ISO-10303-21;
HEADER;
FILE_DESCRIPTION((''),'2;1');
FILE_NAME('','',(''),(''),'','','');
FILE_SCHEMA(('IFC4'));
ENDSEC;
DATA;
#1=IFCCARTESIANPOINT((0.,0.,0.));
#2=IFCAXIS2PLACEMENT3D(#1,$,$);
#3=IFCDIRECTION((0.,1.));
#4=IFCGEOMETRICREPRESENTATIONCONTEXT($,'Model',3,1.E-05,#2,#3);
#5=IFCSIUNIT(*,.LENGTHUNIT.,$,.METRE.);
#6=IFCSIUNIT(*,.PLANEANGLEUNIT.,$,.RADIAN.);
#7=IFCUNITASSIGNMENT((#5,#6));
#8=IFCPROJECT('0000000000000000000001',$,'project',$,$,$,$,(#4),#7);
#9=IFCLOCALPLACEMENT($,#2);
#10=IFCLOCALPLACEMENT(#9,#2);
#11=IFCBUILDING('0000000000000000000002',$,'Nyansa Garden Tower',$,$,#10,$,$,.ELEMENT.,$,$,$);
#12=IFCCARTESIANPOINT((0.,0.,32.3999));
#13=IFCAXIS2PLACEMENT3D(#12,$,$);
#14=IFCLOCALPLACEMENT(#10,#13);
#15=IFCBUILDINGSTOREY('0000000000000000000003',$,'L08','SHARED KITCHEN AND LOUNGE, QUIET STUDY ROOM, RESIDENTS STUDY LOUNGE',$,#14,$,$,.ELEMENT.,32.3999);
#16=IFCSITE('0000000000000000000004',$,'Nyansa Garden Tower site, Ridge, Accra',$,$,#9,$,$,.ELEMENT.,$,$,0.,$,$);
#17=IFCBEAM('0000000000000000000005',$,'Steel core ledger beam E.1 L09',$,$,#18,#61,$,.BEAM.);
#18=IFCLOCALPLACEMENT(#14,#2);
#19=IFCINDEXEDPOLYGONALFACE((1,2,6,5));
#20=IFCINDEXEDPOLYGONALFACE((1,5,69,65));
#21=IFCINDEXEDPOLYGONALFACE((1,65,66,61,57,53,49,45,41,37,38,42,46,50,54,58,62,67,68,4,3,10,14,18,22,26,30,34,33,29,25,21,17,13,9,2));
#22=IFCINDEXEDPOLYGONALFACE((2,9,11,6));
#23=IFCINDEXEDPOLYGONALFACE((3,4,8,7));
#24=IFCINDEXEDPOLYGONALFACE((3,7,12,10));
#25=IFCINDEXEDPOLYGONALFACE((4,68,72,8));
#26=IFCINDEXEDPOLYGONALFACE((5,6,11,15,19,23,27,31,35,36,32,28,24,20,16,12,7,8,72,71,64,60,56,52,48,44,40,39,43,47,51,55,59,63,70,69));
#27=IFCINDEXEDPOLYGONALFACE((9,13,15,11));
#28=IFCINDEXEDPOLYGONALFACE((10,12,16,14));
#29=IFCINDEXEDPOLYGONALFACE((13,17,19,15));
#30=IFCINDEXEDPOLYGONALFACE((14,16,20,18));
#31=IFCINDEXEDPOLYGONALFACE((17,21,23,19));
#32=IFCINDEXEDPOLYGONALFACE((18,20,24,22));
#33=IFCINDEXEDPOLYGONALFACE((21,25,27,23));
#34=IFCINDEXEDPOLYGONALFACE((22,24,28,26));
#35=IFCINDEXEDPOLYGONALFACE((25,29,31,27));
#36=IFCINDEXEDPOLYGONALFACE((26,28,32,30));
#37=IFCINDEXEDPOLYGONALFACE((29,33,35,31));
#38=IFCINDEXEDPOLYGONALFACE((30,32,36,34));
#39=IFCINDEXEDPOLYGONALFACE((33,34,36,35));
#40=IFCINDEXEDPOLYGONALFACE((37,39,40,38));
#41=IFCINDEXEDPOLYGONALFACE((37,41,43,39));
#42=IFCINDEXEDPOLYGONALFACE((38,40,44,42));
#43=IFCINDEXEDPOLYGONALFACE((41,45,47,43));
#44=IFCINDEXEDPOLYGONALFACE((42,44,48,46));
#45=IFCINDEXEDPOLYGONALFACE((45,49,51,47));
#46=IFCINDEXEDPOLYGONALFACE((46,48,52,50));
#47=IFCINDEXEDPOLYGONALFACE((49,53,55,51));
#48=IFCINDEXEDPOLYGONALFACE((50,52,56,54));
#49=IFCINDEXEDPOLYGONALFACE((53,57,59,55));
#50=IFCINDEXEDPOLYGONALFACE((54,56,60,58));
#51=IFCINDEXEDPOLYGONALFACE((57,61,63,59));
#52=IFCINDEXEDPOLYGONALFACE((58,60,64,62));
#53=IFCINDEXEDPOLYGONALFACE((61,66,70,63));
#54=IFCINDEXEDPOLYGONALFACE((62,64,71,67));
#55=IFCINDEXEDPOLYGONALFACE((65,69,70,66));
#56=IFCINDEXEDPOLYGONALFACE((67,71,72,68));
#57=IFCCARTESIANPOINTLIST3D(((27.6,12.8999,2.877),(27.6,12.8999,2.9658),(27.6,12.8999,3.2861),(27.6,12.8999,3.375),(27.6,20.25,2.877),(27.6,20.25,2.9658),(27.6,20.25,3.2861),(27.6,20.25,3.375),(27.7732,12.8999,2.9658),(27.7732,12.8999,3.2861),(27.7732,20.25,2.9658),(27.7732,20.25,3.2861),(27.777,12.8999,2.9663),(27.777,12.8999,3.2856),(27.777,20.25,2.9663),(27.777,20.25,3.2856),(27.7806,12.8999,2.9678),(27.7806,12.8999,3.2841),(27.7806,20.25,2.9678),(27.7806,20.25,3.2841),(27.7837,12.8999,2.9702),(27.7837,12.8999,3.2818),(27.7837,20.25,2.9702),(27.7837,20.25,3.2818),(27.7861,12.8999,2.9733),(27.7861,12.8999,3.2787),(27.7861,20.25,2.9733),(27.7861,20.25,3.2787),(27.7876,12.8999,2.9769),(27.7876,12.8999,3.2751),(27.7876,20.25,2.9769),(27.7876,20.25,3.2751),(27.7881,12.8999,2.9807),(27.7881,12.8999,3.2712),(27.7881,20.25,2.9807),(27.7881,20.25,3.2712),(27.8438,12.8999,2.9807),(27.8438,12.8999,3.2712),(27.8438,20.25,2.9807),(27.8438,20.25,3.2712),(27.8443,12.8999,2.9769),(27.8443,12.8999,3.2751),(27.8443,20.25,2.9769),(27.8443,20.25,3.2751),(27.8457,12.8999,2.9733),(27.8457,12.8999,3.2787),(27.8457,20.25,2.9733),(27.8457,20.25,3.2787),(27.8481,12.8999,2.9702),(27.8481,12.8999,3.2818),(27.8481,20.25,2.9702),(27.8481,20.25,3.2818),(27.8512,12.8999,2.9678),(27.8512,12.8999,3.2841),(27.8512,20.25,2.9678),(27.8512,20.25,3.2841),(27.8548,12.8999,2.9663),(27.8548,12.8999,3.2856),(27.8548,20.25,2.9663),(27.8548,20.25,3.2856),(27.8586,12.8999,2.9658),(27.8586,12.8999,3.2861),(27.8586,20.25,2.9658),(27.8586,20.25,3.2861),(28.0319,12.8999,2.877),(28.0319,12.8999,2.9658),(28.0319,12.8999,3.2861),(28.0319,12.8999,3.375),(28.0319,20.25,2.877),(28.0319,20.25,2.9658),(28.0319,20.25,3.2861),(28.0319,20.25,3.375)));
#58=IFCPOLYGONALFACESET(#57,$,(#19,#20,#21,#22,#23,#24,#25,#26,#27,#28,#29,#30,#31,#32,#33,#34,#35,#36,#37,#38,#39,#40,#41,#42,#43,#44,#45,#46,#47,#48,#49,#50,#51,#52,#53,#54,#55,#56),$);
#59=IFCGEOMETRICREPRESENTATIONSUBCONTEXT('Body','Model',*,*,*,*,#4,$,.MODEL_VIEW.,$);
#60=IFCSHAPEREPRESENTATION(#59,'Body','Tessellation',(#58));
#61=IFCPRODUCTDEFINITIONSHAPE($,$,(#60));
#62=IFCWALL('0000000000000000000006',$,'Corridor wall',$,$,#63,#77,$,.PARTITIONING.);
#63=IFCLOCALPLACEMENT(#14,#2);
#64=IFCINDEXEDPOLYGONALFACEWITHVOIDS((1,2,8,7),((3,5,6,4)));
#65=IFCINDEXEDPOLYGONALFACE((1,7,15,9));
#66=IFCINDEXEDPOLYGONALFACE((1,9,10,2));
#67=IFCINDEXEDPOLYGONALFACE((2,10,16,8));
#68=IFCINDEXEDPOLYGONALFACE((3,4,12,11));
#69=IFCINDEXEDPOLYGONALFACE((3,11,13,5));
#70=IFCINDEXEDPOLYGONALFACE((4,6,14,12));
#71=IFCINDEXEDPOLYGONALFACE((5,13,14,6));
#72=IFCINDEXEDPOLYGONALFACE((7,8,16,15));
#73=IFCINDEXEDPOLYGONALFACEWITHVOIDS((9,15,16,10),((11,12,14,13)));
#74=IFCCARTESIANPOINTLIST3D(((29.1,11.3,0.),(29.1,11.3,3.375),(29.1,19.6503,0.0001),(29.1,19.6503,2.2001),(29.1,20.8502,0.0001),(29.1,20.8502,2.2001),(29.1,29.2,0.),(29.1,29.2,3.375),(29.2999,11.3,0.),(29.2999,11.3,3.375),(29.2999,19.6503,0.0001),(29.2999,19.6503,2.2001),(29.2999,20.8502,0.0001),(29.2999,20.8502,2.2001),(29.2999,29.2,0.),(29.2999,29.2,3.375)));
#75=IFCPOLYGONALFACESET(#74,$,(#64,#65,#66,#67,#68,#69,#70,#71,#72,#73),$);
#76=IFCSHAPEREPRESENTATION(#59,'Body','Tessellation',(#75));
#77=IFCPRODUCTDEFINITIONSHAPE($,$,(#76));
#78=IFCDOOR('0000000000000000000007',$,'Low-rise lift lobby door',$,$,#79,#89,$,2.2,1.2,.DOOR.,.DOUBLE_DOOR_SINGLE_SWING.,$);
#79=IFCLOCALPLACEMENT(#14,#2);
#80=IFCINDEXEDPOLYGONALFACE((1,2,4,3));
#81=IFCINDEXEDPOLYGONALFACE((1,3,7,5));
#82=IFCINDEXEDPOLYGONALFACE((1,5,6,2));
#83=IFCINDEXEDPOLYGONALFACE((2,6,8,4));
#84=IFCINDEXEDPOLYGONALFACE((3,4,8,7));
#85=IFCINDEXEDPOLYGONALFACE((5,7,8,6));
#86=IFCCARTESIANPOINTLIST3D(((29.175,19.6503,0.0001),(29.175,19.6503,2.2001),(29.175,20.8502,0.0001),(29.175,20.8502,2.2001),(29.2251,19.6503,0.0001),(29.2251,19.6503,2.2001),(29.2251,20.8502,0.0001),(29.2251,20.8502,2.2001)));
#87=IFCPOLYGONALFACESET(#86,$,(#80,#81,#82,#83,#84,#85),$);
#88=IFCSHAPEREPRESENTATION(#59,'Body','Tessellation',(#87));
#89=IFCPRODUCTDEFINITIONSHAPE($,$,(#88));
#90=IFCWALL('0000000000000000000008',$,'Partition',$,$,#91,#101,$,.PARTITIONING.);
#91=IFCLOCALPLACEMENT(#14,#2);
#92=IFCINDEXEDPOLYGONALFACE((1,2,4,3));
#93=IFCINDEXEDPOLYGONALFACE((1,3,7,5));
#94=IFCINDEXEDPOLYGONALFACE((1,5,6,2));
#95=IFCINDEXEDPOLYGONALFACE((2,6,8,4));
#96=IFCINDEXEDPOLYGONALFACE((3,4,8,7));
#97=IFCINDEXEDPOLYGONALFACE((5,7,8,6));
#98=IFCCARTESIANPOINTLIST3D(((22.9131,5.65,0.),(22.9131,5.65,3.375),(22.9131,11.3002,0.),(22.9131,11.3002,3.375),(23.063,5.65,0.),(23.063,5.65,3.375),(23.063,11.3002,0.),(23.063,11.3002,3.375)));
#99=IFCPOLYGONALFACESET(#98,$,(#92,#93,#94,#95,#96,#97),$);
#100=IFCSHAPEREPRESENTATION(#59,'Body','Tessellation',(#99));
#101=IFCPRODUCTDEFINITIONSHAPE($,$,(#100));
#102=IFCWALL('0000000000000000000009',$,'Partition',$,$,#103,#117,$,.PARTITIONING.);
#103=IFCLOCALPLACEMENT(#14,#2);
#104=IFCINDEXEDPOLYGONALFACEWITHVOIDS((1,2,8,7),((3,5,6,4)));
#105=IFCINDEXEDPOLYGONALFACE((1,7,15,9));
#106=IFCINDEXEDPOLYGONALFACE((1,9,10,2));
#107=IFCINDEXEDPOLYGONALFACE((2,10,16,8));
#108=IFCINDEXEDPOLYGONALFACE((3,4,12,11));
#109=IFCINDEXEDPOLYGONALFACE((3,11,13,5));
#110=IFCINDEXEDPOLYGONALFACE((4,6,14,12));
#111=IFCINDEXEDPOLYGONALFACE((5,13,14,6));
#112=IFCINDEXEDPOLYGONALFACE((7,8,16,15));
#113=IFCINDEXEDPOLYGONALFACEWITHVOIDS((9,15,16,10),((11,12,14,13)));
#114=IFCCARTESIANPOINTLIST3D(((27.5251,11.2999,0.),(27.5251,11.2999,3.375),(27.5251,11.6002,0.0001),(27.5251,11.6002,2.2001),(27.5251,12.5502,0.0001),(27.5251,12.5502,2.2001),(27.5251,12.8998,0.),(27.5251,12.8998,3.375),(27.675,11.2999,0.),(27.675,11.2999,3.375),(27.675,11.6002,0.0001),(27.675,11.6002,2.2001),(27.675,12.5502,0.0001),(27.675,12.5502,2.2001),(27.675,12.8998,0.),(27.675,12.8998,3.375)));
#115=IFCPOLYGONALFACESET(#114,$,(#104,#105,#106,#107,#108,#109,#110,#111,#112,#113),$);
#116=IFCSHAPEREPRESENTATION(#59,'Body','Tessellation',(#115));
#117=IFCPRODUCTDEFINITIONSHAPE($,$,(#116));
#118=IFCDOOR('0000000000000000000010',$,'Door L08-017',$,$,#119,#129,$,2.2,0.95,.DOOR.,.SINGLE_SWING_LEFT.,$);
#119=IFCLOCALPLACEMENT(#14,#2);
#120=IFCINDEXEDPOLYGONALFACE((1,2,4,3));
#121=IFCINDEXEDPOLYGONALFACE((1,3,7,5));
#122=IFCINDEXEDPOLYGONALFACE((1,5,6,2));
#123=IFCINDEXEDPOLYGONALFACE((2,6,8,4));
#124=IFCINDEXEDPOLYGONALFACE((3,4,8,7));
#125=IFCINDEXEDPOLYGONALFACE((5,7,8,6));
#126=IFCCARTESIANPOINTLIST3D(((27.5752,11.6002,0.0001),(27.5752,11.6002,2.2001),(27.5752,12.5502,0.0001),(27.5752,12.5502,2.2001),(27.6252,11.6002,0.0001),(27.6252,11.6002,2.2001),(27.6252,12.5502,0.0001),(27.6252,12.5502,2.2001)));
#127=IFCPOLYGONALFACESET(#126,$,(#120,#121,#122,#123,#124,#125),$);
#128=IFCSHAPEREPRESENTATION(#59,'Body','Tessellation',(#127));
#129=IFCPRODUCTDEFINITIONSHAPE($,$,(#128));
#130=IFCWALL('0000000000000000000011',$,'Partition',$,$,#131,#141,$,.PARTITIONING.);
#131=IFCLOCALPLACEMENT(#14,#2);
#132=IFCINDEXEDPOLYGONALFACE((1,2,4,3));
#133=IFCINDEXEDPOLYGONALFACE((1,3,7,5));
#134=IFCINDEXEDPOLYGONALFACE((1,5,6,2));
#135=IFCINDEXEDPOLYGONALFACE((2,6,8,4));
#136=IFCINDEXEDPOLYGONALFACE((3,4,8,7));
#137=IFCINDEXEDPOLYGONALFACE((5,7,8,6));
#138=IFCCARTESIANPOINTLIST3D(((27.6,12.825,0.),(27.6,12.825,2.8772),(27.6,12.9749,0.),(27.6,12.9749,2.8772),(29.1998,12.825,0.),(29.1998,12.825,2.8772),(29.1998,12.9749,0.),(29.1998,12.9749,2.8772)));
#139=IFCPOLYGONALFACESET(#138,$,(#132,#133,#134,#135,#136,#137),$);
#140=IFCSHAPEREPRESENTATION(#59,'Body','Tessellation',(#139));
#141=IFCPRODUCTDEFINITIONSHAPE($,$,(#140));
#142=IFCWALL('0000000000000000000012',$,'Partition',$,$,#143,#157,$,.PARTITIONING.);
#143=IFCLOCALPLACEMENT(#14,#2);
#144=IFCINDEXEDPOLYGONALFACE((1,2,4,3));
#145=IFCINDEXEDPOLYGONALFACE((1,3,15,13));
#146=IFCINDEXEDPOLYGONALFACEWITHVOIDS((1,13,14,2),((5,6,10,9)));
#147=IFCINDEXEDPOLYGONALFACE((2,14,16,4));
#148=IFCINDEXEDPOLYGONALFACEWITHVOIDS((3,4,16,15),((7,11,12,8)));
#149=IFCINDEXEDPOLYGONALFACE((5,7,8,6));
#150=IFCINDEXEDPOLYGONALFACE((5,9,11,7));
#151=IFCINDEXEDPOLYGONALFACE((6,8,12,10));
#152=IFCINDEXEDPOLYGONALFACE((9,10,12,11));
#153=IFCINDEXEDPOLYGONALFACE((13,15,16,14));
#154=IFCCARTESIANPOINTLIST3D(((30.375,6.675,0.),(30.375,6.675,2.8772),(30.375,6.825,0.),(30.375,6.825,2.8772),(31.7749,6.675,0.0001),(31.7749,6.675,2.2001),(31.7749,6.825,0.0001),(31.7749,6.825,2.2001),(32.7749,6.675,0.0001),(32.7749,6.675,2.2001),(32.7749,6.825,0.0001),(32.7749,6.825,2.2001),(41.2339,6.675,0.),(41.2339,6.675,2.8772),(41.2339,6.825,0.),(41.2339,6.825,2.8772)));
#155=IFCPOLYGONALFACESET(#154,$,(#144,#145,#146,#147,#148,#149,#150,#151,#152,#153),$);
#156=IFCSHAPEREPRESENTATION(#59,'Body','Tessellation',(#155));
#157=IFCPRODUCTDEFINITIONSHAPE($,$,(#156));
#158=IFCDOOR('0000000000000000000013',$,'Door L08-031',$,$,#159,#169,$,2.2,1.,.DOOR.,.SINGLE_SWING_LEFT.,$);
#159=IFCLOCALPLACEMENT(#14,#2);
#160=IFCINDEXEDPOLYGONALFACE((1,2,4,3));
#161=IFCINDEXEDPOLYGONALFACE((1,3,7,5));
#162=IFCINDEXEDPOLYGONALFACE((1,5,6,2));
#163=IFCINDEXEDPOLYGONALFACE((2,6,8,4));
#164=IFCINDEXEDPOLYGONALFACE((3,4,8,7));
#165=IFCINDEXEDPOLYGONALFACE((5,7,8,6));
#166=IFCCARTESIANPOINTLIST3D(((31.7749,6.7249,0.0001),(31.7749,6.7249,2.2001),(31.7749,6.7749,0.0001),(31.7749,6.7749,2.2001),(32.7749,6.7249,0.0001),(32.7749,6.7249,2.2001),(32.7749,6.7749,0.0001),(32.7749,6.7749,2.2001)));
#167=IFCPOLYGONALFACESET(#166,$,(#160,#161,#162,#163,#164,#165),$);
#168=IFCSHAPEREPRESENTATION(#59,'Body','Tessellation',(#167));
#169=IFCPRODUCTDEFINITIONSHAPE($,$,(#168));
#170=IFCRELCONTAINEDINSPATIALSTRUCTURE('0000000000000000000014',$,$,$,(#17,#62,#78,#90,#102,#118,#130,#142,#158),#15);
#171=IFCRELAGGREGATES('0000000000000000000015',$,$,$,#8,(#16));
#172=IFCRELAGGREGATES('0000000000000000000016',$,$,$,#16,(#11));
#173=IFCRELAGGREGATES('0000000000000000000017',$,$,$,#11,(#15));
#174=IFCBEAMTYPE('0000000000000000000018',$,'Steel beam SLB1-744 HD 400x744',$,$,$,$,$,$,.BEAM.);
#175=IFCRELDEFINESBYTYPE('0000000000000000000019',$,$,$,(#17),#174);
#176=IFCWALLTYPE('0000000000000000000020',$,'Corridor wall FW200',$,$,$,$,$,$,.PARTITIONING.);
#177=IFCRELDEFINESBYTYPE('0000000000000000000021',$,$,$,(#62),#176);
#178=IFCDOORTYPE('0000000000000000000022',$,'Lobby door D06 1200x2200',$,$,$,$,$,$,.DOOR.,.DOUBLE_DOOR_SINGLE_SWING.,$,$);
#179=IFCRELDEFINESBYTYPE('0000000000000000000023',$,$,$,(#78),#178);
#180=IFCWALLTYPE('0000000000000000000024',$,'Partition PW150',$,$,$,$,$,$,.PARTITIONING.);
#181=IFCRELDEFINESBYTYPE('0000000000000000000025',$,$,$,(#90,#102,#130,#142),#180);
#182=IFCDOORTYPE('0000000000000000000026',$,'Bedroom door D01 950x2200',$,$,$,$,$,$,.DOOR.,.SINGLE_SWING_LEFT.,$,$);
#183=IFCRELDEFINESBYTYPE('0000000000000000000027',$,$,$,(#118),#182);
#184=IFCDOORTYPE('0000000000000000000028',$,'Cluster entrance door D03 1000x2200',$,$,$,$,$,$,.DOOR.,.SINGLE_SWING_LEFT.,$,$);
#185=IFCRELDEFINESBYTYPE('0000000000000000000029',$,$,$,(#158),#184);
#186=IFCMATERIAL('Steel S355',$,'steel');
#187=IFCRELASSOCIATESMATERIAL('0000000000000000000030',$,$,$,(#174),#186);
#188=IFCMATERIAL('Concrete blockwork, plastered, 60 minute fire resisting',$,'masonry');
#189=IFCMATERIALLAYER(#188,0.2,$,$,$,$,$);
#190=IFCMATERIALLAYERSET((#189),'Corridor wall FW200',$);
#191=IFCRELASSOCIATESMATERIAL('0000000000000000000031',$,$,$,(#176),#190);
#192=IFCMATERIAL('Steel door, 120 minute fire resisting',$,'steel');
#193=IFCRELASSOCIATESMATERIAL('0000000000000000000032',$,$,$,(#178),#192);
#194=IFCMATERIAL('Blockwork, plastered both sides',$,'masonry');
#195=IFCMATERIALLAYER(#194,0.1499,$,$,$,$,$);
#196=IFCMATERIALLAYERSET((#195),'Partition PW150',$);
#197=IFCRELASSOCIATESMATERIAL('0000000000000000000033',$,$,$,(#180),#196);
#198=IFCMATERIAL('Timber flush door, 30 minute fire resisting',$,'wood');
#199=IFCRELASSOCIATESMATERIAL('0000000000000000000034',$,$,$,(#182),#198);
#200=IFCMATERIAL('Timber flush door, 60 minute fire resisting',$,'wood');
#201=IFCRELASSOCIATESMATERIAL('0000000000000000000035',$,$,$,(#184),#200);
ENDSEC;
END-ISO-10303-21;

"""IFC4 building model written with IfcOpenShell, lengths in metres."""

from ifc_helpers import new_model, si_unit, direction, frame, frame_2d, origin, origin_2d, place, context, subcontext, project, spatial, rectangle, i_section, extrude, material, layer, layer_set, material_profile, profile_set, type_object, element, fill, save


model = new_model("IFC4")

# Units and contexts
model_context = context("Model", 3, precision=1e-05, world=origin(), true_north=direction((0.0, 1.0)))
body_context = subcontext(model_context, "Body", "Model", "MODEL_VIEW")
ifc_project = project(units=[si_unit("LENGTHUNIT", "METRE"), si_unit("PLANEANGLEUNIT", "RADIAN")], contexts=[model_context])

# Site, building, storey
site_placement = place(None, origin())
site = spatial("IfcSite", under=ifc_project, at=site_placement, Name="Nyansa Garden Tower site, Ridge, Accra", CompositionType="ELEMENT", RefElevation=0.0)
building_placement = place(site_placement, origin())
building = spatial("IfcBuilding", under=site, at=building_placement, Name="Nyansa Garden Tower", CompositionType="ELEMENT")
storey_placement = place(building_placement, frame((0.0, 0.0, 32.3999)))
storey = spatial("IfcBuildingStorey", under=building, at=storey_placement, Name="L08", Description="SHARED KITCHEN AND LOUNGE, QUIET STUDY ROOM, RESIDENTS STUDY LOUNGE", CompositionType="ELEMENT", Elevation=32.3999)

# Beam
ifc_material_1 = material(Name="Steel S355", Category="steel")
ifc_material_profile_1 = material_profile(ifc_material_1, i_section(OverallWidth=0.4319, OverallDepth=0.498, WebThickness=0.0557, FlangeThickness=0.0889, FilletRadius=0.0149, at=origin_2d()), Name="HD 400x744")
ifc_profile_set_1 = profile_set([ifc_material_profile_1], Name="Steel S355")
beam_type_1 = type_object("IfcBeamType", Name="Steel beam SLB1-744 HD 400x744", PredefinedType="BEAM", material=ifc_profile_set_1)
beam_1_placement = place(storey_placement, frame((27.8159, 12.8999, 3.126), z_axis=(0.0, 1.0, 0.0), x_axis=(-1.0, 0.0, 0.0)))
element("IfcBeam", 1, at=beam_1_placement, inside=storey, type_object=beam_type_1, Name="Steel core ledger beam E.1 L09", PredefinedType="BEAM", context=body_context, shape_type="SweptSolid", body=[
    extrude(i_section(OverallWidth=0.4319, OverallDepth=0.498, WebThickness=0.0557, FlangeThickness=0.0889, FilletRadius=0.0149, at=origin_2d()), origin(), (0.0, 0.0, 1.0), 7.3501),
])

# Wall, opening, door
ifc_material_2 = material(Name="Concrete blockwork, plastered, 60 minute fire resisting", Category="masonry")
ifc_layer_1 = layer(ifc_material_2, 0.2)
ifc_layer_set_1 = layer_set([ifc_layer_1], Name="Corridor wall FW200")
wall_type_1 = type_object("IfcWallType", Name="Corridor wall FW200", PredefinedType="PARTITIONING", material=ifc_layer_set_1)
wall_1_placement = place(storey_placement, frame((29.2, 11.3, 0.0), z_axis=(0.0, 0.0, 1.0), x_axis=(0.0, 1.0, 0.0)))
wall_1 = element("IfcWall", 2, at=wall_1_placement, inside=storey, type_object=wall_type_1, Name="Corridor wall", PredefinedType="PARTITIONING", context=body_context, shape_type="SweptSolid", body=[
    extrude(rectangle(XDim=17.8999, YDim=0.2, at=frame_2d((8.95, 0.0))), origin(), (0.0, 0.0, 1.0), 3.375),
])
opening_1_placement = place(wall_1_placement, frame((8.3501, 0.0, 0.0)))
opening_1 = element("IfcOpeningElement", 3, at=opening_1_placement, cuts=wall_1, PredefinedType="OPENING", context=body_context, shape_type="SweptSolid", body=[
    extrude(rectangle(XDim=1.2, YDim=2.2, at=frame_2d((0.6001, 1.1001))), frame((0.0, 0.1099, 0.0), z_axis=(0.0, -1.0, 0.0), x_axis=(1.0, 0.0, 0.0)), (0.0, 0.0, 1.0), 0.22),
])
ifc_material_3 = material(Name="Steel door, 120 minute fire resisting", Category="steel")
door_type_1 = type_object("IfcDoorType", Name="Lobby door D06 1200x2200", OperationType="DOUBLE_DOOR_SINGLE_SWING", PredefinedType="DOOR", material=ifc_material_3)
door_1_placement = place(opening_1_placement, origin())
door_1 = element("IfcDoor", 4, at=door_1_placement, inside=storey, type_object=door_type_1, Name="Low-rise lift lobby door", OperationType="DOUBLE_DOOR_SINGLE_SWING", OverallHeight=2.2, OverallWidth=1.2, PredefinedType="DOOR", context=body_context, shape_type="SweptSolid", body=[
    extrude(rectangle(XDim=1.2, YDim=2.2, at=frame_2d((0.6001, 1.1001))), frame((0.0, 0.0249, 0.0), z_axis=(0.0, -1.0, 0.0), x_axis=(1.0, 0.0, 0.0)), (0.0, 0.0, 1.0), 0.05),
])
fill(opening_1, door_1)

# Wall
ifc_material_4 = material(Name="Blockwork, plastered both sides", Category="masonry")
ifc_layer_2 = layer(ifc_material_4, 0.1499)
ifc_layer_set_2 = layer_set([ifc_layer_2], Name="Partition PW150")
wall_type_2 = type_object("IfcWallType", Name="Partition PW150", PredefinedType="PARTITIONING", material=ifc_layer_set_2)
wall_2_placement = place(storey_placement, frame((22.988, 5.6499, 0.0), z_axis=(0.0, 0.0, 1.0), x_axis=(0.0, 1.0, 0.0)))
element("IfcWall", 5, at=wall_2_placement, inside=storey, type_object=wall_type_2, Name="Partition", PredefinedType="PARTITIONING", context=body_context, shape_type="SweptSolid", body=[
    extrude(rectangle(XDim=5.6501, YDim=0.1499, at=frame_2d((2.8252, 0.0))), origin(), (0.0, 0.0, 1.0), 3.375),
])

# Wall, opening, door
wall_3_placement = place(storey_placement, frame((27.6001, 11.3, 0.0), z_axis=(0.0, 0.0, 1.0), x_axis=(0.0, 1.0, 0.0)))
wall_3 = element("IfcWall", 6, at=wall_3_placement, inside=storey, type_object=wall_type_2, Name="Partition", PredefinedType="PARTITIONING", context=body_context, shape_type="SweptSolid", body=[
    extrude(rectangle(XDim=1.5999, YDim=0.1499, at=frame_2d((0.7998, 0.0))), origin(), (0.0, 0.0, 1.0), 3.375),
])
opening_2_placement = place(wall_3_placement, frame((0.3, 0.0, 0.0)))
opening_2 = element("IfcOpeningElement", 7, at=opening_2_placement, cuts=wall_3, PredefinedType="OPENING", context=body_context, shape_type="SweptSolid", body=[
    extrude(rectangle(XDim=0.95, YDim=2.2, at=frame_2d((0.4751, 1.1001))), frame((0.0, 0.085, 0.0), z_axis=(0.0, -1.0, 0.0), x_axis=(1.0, 0.0, 0.0)), (0.0, 0.0, 1.0), 0.1699),
])
ifc_material_5 = material(Name="Timber flush door, 30 minute fire resisting", Category="wood")
door_type_2 = type_object("IfcDoorType", Name="Bedroom door D01 950x2200", OperationType="SINGLE_SWING_LEFT", PredefinedType="DOOR", material=ifc_material_5)
door_2_placement = place(opening_2_placement, origin())
door_2 = element("IfcDoor", 8, at=door_2_placement, inside=storey, type_object=door_type_2, Name="Door L08-017", OperationType="SINGLE_SWING_LEFT", OverallHeight=2.2, OverallWidth=0.95, PredefinedType="DOOR", context=body_context, shape_type="SweptSolid", body=[
    extrude(rectangle(XDim=0.95, YDim=2.2, at=frame_2d((0.4751, 1.1001))), frame((0.0, 0.0249, 0.0), z_axis=(0.0, -1.0, 0.0), x_axis=(1.0, 0.0, 0.0)), (0.0, 0.0, 1.0), 0.05),
])
fill(opening_2, door_2)

# Wall
wall_4_placement = place(storey_placement, frame((27.6001, 12.8999, 0.0), z_axis=(0.0, 0.0, 1.0), x_axis=(1.0, 0.0, 0.0)))
element("IfcWall", 9, at=wall_4_placement, inside=storey, type_object=wall_type_2, Name="Partition", PredefinedType="PARTITIONING", context=body_context, shape_type="SweptSolid", body=[
    extrude(rectangle(XDim=1.5999, YDim=0.1499, at=frame_2d((0.7998, 0.0))), origin(), (0.0, 0.0, 1.0), 2.8772),
])

# Wall, opening, door
wall_5_placement = place(storey_placement, frame((30.375, 6.75, 0.0), z_axis=(0.0, 0.0, 1.0), x_axis=(1.0, 0.0, 0.0)))
wall_5 = element("IfcWall", 10, at=wall_5_placement, inside=storey, type_object=wall_type_2, Name="Partition", PredefinedType="PARTITIONING", context=body_context, shape_type="SweptSolid", body=[
    extrude(rectangle(XDim=10.8589, YDim=0.1499, at=frame_2d((5.4294, 0.0))), origin(), (0.0, 0.0, 1.0), 2.8772),
])
opening_3_placement = place(wall_5_placement, frame((1.3999, 0.0, 0.0)))
opening_3 = element("IfcOpeningElement", 11, at=opening_3_placement, cuts=wall_5, PredefinedType="OPENING", context=body_context, shape_type="SweptSolid", body=[
    extrude(rectangle(XDim=1.0, YDim=2.2, at=frame_2d((0.5, 1.1001))), frame((0.0, 0.085, 0.0), z_axis=(0.0, -1.0, 0.0), x_axis=(1.0, 0.0, 0.0)), (0.0, 0.0, 1.0), 0.1699),
])
ifc_material_6 = material(Name="Timber flush door, 60 minute fire resisting", Category="wood")
door_type_3 = type_object("IfcDoorType", Name="Cluster entrance door D03 1000x2200", OperationType="SINGLE_SWING_LEFT", PredefinedType="DOOR", material=ifc_material_6)
door_3_placement = place(opening_3_placement, origin())
door_3 = element("IfcDoor", 12, at=door_3_placement, inside=storey, type_object=door_type_3, Name="Door L08-031", OperationType="SINGLE_SWING_LEFT", OverallHeight=2.2, OverallWidth=1.0, PredefinedType="DOOR", context=body_context, shape_type="SweptSolid", body=[
    extrude(rectangle(XDim=1.0, YDim=2.2, at=frame_2d((0.5, 1.1001))), frame((0.0, 0.0249, 0.0), z_axis=(0.0, -1.0, 0.0), x_axis=(1.0, 0.0, 0.0)), (0.0, 0.0, 1.0), 0.05),
])
fill(opening_3, door_3)

save(model, "model.ifc")
